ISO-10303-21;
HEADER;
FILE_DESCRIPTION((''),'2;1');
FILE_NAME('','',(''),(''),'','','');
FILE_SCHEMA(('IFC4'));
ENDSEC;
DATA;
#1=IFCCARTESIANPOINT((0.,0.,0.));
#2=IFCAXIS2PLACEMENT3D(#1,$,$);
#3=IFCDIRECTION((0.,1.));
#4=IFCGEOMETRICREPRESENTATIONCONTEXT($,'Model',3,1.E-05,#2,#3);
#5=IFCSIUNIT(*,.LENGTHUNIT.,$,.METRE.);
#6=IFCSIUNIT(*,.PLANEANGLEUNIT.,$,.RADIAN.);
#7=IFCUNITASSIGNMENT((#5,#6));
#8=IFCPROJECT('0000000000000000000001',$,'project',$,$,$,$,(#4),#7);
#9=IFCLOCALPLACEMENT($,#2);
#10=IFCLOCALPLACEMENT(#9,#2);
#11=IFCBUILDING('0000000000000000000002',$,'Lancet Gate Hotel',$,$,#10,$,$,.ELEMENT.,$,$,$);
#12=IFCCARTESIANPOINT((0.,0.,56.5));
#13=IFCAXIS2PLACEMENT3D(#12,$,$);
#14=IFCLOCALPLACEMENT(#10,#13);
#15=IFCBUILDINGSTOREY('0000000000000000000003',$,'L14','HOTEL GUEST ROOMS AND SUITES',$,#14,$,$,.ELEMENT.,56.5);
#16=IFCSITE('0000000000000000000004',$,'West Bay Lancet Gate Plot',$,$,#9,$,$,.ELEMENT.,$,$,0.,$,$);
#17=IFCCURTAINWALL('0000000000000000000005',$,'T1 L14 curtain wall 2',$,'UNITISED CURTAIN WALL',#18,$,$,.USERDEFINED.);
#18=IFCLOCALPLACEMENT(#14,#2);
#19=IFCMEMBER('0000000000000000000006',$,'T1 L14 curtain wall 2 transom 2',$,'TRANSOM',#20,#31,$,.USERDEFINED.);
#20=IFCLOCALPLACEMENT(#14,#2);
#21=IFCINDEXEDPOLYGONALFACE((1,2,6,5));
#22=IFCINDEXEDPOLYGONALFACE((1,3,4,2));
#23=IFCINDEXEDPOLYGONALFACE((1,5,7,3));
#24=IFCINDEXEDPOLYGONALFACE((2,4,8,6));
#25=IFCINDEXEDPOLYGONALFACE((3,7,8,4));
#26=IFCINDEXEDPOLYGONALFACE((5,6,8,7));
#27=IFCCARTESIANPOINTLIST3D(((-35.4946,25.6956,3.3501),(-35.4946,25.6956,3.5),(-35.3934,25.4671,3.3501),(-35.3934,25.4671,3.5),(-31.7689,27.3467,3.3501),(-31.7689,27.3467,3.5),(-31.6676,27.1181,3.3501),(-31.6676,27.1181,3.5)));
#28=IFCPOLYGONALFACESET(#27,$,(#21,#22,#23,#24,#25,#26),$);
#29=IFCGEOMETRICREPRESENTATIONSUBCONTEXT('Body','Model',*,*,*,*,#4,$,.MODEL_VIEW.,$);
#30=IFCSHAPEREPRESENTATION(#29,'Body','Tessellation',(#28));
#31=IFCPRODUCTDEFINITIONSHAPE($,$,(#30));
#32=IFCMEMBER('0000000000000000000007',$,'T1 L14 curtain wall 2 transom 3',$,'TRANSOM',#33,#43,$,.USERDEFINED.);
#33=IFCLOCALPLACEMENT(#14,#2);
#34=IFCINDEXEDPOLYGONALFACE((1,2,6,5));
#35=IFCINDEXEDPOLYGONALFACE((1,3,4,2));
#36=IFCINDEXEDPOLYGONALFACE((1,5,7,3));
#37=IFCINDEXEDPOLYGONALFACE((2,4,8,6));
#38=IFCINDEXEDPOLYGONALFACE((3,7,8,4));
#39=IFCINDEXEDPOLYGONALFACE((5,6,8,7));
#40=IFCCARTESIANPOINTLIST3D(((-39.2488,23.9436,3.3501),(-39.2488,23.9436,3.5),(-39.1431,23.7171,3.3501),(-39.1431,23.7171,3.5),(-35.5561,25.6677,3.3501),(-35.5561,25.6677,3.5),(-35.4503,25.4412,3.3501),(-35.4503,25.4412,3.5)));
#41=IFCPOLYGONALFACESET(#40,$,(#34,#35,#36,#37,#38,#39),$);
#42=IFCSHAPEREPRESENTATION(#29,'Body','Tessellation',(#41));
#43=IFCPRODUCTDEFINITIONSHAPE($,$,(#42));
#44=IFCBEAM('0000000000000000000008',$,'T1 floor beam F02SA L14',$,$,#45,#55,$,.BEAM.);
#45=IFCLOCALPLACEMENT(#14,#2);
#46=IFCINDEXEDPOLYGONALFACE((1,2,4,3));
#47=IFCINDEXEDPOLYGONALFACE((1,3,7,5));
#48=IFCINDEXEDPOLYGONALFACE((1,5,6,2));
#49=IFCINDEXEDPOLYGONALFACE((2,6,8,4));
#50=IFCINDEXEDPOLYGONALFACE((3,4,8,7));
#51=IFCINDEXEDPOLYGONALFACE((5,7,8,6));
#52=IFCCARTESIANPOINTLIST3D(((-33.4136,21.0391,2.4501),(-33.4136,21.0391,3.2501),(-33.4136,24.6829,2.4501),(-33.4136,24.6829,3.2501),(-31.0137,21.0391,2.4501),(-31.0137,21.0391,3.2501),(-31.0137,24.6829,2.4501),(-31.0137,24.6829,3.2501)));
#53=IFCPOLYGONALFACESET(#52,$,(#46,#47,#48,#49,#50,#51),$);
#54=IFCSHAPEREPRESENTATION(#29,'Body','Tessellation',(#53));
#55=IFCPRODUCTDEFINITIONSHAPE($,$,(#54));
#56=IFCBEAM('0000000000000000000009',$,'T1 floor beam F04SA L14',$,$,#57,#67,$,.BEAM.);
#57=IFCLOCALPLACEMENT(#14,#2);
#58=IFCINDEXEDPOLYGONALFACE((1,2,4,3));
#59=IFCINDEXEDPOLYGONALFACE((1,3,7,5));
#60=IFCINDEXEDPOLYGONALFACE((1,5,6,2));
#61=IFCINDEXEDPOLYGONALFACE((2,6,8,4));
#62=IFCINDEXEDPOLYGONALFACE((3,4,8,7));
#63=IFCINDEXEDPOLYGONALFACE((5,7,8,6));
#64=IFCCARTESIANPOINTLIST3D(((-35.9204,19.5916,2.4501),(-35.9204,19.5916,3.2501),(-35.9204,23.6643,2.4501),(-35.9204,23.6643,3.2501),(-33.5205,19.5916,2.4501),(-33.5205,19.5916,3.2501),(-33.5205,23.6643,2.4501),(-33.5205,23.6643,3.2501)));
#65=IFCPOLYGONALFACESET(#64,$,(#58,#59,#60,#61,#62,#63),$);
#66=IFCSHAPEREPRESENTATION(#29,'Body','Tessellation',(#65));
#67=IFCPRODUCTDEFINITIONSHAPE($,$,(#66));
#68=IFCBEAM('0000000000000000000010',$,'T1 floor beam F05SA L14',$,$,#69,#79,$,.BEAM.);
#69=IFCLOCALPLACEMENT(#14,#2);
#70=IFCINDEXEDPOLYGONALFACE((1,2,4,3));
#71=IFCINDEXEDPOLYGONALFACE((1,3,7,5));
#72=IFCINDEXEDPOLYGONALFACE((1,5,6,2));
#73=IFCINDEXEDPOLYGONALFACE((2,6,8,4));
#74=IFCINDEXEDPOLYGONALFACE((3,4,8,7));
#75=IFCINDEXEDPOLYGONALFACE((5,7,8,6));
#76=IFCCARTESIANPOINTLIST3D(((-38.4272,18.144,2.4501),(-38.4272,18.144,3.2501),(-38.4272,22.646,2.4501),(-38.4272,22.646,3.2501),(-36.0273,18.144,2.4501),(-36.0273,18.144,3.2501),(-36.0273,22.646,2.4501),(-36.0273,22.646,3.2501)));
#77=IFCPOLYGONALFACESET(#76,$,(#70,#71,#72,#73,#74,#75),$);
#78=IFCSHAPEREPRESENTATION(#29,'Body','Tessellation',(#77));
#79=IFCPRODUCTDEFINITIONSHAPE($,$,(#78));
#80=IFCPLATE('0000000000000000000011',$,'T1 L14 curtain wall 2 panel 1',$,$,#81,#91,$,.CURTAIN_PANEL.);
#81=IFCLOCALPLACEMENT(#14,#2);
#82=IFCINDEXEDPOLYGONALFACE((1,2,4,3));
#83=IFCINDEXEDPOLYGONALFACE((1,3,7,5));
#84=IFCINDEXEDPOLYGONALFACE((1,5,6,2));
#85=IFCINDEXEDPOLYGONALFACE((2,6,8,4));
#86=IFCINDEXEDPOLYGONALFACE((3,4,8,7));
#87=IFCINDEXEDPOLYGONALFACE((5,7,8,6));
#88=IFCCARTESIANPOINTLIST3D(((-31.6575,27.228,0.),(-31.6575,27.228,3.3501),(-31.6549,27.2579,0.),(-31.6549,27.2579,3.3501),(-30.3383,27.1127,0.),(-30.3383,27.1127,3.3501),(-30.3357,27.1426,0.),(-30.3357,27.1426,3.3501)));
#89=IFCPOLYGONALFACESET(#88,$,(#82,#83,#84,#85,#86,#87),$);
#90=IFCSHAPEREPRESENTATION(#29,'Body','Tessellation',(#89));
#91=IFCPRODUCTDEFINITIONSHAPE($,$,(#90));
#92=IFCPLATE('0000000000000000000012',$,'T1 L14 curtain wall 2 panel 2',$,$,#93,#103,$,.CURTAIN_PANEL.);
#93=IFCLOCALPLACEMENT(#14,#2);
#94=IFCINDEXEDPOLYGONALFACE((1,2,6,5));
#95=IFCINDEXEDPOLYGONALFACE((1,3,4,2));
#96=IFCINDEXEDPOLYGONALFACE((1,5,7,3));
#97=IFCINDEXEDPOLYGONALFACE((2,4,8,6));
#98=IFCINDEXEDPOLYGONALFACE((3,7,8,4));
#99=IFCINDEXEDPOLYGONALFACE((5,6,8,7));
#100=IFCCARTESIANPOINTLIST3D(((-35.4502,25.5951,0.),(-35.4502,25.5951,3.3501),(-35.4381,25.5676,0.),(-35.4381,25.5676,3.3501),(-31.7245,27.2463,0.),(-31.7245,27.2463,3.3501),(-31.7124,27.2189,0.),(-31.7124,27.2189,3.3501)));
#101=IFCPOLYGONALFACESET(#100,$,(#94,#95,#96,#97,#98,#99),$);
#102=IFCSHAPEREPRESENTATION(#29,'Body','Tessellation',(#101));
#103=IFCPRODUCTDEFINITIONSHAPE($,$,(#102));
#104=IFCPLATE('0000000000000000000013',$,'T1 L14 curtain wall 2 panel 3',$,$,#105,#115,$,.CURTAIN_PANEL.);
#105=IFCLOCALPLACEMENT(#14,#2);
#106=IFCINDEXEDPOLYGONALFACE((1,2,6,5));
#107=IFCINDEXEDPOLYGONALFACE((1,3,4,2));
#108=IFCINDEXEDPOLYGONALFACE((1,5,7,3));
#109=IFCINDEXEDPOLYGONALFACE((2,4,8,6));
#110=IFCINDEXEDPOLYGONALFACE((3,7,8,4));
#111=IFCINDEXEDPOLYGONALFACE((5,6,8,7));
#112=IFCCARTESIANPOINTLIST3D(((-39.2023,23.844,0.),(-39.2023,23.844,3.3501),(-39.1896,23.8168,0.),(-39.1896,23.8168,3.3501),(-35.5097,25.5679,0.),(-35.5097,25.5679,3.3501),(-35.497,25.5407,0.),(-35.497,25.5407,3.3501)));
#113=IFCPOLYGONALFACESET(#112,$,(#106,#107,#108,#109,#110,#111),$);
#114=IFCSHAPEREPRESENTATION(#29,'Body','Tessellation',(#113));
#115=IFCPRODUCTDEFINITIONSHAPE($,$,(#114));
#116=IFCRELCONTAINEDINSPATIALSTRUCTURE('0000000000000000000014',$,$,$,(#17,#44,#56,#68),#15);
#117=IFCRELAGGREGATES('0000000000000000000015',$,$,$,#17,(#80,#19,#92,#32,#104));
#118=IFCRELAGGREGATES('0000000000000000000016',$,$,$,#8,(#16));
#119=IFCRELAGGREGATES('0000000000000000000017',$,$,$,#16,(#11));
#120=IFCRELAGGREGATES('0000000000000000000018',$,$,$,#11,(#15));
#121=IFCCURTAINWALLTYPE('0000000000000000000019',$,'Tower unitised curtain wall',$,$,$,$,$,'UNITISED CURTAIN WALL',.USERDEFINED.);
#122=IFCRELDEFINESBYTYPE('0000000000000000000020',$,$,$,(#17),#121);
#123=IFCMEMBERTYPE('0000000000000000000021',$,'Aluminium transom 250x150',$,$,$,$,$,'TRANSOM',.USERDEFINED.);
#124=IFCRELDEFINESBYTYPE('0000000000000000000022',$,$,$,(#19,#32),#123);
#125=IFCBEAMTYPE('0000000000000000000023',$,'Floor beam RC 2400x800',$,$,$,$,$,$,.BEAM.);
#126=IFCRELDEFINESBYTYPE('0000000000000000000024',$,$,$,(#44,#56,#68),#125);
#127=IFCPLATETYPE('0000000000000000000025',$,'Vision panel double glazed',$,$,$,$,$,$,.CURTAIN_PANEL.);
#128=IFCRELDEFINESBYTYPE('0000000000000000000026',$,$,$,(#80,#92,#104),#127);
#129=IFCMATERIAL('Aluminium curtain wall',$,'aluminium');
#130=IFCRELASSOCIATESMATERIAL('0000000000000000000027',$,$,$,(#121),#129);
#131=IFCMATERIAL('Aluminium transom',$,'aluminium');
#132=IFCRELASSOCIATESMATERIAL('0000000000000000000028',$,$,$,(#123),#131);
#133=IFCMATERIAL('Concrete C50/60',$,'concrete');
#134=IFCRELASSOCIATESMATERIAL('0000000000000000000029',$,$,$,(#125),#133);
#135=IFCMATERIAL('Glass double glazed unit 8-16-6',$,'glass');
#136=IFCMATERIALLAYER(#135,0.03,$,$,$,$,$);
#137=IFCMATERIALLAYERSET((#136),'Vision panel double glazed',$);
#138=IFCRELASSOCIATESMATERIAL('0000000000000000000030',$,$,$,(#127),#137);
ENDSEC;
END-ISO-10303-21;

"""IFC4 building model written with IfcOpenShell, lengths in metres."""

from ifc_helpers import new_model, si_unit, direction, frame, origin, origin_2d, place, context, subcontext, project, spatial, rectangle, extrude, material, layer, layer_set, material_profile, profile_set, type_object, element, aggregate, save


model = new_model("IFC4")

# Units and contexts
model_context = context("Model", 3, precision=1e-05, world=origin(), true_north=direction((0.0, 1.0)))
body_context = subcontext(model_context, "Body", "Model", "MODEL_VIEW")
ifc_project = project(units=[si_unit("LENGTHUNIT", "METRE"), si_unit("PLANEANGLEUNIT", "RADIAN")], contexts=[model_context])

# Site, building, storey
site_placement = place(None, origin())
site = spatial("IfcSite", under=ifc_project, at=site_placement, Name="West Bay Lancet Gate Plot", CompositionType="ELEMENT", RefElevation=0.0)
building_placement = place(site_placement, origin())
building = spatial("IfcBuilding", under=site, at=building_placement, Name="Lancet Gate Hotel", CompositionType="ELEMENT")
storey_placement = place(building_placement, frame((0.0, 0.0, 56.5)))
storey = spatial("IfcBuildingStorey", under=building, at=storey_placement, Name="L14", Description="HOTEL GUEST ROOMS AND SUITES", CompositionType="ELEMENT", Elevation=56.5)

# Curtain wall, members
ifc_material_1 = material(Name="Aluminium curtain wall", Category="aluminium")
curtain_wall_type = type_object("IfcCurtainWallType", Name="Tower unitised curtain wall", ElementType="UNITISED CURTAIN WALL", PredefinedType="USERDEFINED", material=ifc_material_1)
curtain_wall_placement = place(storey_placement, origin())
curtain_wall = element("IfcCurtainWall", 1, at=curtain_wall_placement, inside=storey, type_object=curtain_wall_type, Name="T1 L14 curtain wall 2", ObjectType="UNITISED CURTAIN WALL", PredefinedType="USERDEFINED")
ifc_material_2 = material(Name="Aluminium transom", Category="aluminium")
ifc_material_profile_1 = material_profile(ifc_material_2, rectangle(XDim=0.25, YDim=0.1499, at=origin_2d()), Name="TRANSOM 250x150")
ifc_profile_set_1 = profile_set([ifc_material_profile_1], Name="Aluminium transom")
member_type_1 = type_object("IfcMemberType", Name="Aluminium transom 250x150", ElementType="TRANSOM", PredefinedType="USERDEFINED", material=ifc_profile_set_1)
member_1_placement = place(storey_placement, frame((-31.7183, 27.2324, 3.425), z_axis=(-0.914248, -0.405154, 0.0), x_axis=(0.405154, -0.914248, 0.0)))
member_1 = element("IfcMember", 2, at=member_1_placement, type_object=member_type_1, Name="T1 L14 curtain wall 2 transom 2", ObjectType="TRANSOM", PredefinedType="USERDEFINED", context=body_context, shape_type="SweptSolid", body=[
    extrude(rectangle(XDim=0.25, YDim=0.1499, at=origin_2d()), origin(), (0.0, 0.0, 1.0), 4.0752),
])
member_2_placement = place(storey_placement, frame((-35.5032, 25.5544, 3.425), z_axis=(-0.90611, -0.423043, 0.0), x_axis=(0.423043, -0.90611, 0.0)))
member_2 = element("IfcMember", 3, at=member_2_placement, type_object=member_type_1, Name="T1 L14 curtain wall 2 transom 3", ObjectType="TRANSOM", PredefinedType="USERDEFINED", context=body_context, shape_type="SweptSolid", body=[
    extrude(rectangle(XDim=0.25, YDim=0.1499, at=origin_2d()), origin(), (0.0, 0.0, 1.0), 4.0754),
])

# Beams
ifc_material_3 = material(Name="Concrete C50/60", Category="concrete")
ifc_material_profile_2 = material_profile(ifc_material_3, rectangle(XDim=2.3999, YDim=0.8, at=origin_2d()), Name="RC 2400x800")
ifc_profile_set_2 = profile_set([ifc_material_profile_2], Name="Concrete C50/60")
beam_type = type_object("IfcBeamType", Name="Floor beam RC 2400x800", PredefinedType="BEAM", material=ifc_profile_set_2)
beam_1_placement = place(storey_placement, frame((-32.2136, 24.6829, 2.8501), z_axis=(0.0, -1.0, 0.0), x_axis=(1.0, 0.0, 0.0)))
element("IfcBeam", 4, at=beam_1_placement, inside=storey, type_object=beam_type, Name="T1 floor beam F02SA L14", PredefinedType="BEAM", context=body_context, shape_type="SweptSolid", body=[
    extrude(rectangle(XDim=2.3999, YDim=0.8, at=origin_2d()), origin(), (0.0, 0.0, 1.0), 3.6438),
])
beam_2_placement = place(storey_placement, frame((-34.7205, 23.6643, 2.8501), z_axis=(0.0, -1.0, 0.0), x_axis=(1.0, 0.0, 0.0)))
element("IfcBeam", 5, at=beam_2_placement, inside=storey, type_object=beam_type, Name="T1 floor beam F04SA L14", PredefinedType="BEAM", context=body_context, shape_type="SweptSolid", body=[
    extrude(rectangle(XDim=2.3999, YDim=0.8, at=origin_2d()), origin(), (0.0, 0.0, 1.0), 4.0728),
])
beam_3_placement = place(storey_placement, frame((-37.2273, 22.646, 2.8501), z_axis=(0.0, -1.0, 0.0), x_axis=(1.0, 0.0, 0.0)))
element("IfcBeam", 6, at=beam_3_placement, inside=storey, type_object=beam_type, Name="T1 floor beam F05SA L14", PredefinedType="BEAM", context=body_context, shape_type="SweptSolid", body=[
    extrude(rectangle(XDim=2.3999, YDim=0.8, at=origin_2d()), origin(), (0.0, 0.0, 1.0), 4.502),
])

# Plates
ifc_material_4 = material(Name="Glass double glazed unit 8-16-6", Category="glass")
ifc_layer_1 = layer(ifc_material_4, 0.03)
ifc_layer_set_1 = layer_set([ifc_layer_1], Name="Vision panel double glazed")
plate_type = type_object("IfcPlateType", Name="Vision panel double glazed", PredefinedType="CURTAIN_PANEL", material=ifc_layer_set_1)
plate_1_placement = place(storey_placement, frame((-30.9966, 27.1853, 0.0), z_axis=(0.0, 0.0, 1.0), x_axis=(-0.996204, 0.087052, 0.0)))
plate_1 = element("IfcPlate", 7, at=plate_1_placement, type_object=plate_type, Name="T1 L14 curtain wall 2 panel 1", PredefinedType="CURTAIN_PANEL", context=body_context, shape_type="SweptSolid", body=[
    extrude(rectangle(XDim=1.3242, YDim=0.03, at=origin_2d()), origin(), (0.0, 0.0, 1.0), 3.3501),
])
plate_2_placement = place(storey_placement, frame((-33.5813, 26.407, 0.0), z_axis=(0.0, 0.0, 1.0), x_axis=(-0.914234, -0.405186, 0.0)))
plate_2 = element("IfcPlate", 8, at=plate_2_placement, type_object=plate_type, Name="T1 L14 curtain wall 2 panel 2", PredefinedType="CURTAIN_PANEL", context=body_context, shape_type="SweptSolid", body=[
    extrude(rectangle(XDim=4.0752, YDim=0.03, at=origin_2d()), origin(), (0.0, 0.0, 1.0), 3.3501),
])
plate_3_placement = place(storey_placement, frame((-37.3496, 24.6924, 0.0), z_axis=(0.0, 0.0, 1.0), x_axis=(-0.906118, -0.423026, 0.0)))
plate_3 = element("IfcPlate", 9, at=plate_3_placement, type_object=plate_type, Name="T1 L14 curtain wall 2 panel 3", PredefinedType="CURTAIN_PANEL", context=body_context, shape_type="SweptSolid", body=[
    extrude(rectangle(XDim=4.0752, YDim=0.03, at=origin_2d()), origin(), (0.0, 0.0, 1.0), 3.3501),
])
aggregate(curtain_wall, [plate_1, member_1, plate_2, member_2, plate_3])

save(model, "model.ifc")
